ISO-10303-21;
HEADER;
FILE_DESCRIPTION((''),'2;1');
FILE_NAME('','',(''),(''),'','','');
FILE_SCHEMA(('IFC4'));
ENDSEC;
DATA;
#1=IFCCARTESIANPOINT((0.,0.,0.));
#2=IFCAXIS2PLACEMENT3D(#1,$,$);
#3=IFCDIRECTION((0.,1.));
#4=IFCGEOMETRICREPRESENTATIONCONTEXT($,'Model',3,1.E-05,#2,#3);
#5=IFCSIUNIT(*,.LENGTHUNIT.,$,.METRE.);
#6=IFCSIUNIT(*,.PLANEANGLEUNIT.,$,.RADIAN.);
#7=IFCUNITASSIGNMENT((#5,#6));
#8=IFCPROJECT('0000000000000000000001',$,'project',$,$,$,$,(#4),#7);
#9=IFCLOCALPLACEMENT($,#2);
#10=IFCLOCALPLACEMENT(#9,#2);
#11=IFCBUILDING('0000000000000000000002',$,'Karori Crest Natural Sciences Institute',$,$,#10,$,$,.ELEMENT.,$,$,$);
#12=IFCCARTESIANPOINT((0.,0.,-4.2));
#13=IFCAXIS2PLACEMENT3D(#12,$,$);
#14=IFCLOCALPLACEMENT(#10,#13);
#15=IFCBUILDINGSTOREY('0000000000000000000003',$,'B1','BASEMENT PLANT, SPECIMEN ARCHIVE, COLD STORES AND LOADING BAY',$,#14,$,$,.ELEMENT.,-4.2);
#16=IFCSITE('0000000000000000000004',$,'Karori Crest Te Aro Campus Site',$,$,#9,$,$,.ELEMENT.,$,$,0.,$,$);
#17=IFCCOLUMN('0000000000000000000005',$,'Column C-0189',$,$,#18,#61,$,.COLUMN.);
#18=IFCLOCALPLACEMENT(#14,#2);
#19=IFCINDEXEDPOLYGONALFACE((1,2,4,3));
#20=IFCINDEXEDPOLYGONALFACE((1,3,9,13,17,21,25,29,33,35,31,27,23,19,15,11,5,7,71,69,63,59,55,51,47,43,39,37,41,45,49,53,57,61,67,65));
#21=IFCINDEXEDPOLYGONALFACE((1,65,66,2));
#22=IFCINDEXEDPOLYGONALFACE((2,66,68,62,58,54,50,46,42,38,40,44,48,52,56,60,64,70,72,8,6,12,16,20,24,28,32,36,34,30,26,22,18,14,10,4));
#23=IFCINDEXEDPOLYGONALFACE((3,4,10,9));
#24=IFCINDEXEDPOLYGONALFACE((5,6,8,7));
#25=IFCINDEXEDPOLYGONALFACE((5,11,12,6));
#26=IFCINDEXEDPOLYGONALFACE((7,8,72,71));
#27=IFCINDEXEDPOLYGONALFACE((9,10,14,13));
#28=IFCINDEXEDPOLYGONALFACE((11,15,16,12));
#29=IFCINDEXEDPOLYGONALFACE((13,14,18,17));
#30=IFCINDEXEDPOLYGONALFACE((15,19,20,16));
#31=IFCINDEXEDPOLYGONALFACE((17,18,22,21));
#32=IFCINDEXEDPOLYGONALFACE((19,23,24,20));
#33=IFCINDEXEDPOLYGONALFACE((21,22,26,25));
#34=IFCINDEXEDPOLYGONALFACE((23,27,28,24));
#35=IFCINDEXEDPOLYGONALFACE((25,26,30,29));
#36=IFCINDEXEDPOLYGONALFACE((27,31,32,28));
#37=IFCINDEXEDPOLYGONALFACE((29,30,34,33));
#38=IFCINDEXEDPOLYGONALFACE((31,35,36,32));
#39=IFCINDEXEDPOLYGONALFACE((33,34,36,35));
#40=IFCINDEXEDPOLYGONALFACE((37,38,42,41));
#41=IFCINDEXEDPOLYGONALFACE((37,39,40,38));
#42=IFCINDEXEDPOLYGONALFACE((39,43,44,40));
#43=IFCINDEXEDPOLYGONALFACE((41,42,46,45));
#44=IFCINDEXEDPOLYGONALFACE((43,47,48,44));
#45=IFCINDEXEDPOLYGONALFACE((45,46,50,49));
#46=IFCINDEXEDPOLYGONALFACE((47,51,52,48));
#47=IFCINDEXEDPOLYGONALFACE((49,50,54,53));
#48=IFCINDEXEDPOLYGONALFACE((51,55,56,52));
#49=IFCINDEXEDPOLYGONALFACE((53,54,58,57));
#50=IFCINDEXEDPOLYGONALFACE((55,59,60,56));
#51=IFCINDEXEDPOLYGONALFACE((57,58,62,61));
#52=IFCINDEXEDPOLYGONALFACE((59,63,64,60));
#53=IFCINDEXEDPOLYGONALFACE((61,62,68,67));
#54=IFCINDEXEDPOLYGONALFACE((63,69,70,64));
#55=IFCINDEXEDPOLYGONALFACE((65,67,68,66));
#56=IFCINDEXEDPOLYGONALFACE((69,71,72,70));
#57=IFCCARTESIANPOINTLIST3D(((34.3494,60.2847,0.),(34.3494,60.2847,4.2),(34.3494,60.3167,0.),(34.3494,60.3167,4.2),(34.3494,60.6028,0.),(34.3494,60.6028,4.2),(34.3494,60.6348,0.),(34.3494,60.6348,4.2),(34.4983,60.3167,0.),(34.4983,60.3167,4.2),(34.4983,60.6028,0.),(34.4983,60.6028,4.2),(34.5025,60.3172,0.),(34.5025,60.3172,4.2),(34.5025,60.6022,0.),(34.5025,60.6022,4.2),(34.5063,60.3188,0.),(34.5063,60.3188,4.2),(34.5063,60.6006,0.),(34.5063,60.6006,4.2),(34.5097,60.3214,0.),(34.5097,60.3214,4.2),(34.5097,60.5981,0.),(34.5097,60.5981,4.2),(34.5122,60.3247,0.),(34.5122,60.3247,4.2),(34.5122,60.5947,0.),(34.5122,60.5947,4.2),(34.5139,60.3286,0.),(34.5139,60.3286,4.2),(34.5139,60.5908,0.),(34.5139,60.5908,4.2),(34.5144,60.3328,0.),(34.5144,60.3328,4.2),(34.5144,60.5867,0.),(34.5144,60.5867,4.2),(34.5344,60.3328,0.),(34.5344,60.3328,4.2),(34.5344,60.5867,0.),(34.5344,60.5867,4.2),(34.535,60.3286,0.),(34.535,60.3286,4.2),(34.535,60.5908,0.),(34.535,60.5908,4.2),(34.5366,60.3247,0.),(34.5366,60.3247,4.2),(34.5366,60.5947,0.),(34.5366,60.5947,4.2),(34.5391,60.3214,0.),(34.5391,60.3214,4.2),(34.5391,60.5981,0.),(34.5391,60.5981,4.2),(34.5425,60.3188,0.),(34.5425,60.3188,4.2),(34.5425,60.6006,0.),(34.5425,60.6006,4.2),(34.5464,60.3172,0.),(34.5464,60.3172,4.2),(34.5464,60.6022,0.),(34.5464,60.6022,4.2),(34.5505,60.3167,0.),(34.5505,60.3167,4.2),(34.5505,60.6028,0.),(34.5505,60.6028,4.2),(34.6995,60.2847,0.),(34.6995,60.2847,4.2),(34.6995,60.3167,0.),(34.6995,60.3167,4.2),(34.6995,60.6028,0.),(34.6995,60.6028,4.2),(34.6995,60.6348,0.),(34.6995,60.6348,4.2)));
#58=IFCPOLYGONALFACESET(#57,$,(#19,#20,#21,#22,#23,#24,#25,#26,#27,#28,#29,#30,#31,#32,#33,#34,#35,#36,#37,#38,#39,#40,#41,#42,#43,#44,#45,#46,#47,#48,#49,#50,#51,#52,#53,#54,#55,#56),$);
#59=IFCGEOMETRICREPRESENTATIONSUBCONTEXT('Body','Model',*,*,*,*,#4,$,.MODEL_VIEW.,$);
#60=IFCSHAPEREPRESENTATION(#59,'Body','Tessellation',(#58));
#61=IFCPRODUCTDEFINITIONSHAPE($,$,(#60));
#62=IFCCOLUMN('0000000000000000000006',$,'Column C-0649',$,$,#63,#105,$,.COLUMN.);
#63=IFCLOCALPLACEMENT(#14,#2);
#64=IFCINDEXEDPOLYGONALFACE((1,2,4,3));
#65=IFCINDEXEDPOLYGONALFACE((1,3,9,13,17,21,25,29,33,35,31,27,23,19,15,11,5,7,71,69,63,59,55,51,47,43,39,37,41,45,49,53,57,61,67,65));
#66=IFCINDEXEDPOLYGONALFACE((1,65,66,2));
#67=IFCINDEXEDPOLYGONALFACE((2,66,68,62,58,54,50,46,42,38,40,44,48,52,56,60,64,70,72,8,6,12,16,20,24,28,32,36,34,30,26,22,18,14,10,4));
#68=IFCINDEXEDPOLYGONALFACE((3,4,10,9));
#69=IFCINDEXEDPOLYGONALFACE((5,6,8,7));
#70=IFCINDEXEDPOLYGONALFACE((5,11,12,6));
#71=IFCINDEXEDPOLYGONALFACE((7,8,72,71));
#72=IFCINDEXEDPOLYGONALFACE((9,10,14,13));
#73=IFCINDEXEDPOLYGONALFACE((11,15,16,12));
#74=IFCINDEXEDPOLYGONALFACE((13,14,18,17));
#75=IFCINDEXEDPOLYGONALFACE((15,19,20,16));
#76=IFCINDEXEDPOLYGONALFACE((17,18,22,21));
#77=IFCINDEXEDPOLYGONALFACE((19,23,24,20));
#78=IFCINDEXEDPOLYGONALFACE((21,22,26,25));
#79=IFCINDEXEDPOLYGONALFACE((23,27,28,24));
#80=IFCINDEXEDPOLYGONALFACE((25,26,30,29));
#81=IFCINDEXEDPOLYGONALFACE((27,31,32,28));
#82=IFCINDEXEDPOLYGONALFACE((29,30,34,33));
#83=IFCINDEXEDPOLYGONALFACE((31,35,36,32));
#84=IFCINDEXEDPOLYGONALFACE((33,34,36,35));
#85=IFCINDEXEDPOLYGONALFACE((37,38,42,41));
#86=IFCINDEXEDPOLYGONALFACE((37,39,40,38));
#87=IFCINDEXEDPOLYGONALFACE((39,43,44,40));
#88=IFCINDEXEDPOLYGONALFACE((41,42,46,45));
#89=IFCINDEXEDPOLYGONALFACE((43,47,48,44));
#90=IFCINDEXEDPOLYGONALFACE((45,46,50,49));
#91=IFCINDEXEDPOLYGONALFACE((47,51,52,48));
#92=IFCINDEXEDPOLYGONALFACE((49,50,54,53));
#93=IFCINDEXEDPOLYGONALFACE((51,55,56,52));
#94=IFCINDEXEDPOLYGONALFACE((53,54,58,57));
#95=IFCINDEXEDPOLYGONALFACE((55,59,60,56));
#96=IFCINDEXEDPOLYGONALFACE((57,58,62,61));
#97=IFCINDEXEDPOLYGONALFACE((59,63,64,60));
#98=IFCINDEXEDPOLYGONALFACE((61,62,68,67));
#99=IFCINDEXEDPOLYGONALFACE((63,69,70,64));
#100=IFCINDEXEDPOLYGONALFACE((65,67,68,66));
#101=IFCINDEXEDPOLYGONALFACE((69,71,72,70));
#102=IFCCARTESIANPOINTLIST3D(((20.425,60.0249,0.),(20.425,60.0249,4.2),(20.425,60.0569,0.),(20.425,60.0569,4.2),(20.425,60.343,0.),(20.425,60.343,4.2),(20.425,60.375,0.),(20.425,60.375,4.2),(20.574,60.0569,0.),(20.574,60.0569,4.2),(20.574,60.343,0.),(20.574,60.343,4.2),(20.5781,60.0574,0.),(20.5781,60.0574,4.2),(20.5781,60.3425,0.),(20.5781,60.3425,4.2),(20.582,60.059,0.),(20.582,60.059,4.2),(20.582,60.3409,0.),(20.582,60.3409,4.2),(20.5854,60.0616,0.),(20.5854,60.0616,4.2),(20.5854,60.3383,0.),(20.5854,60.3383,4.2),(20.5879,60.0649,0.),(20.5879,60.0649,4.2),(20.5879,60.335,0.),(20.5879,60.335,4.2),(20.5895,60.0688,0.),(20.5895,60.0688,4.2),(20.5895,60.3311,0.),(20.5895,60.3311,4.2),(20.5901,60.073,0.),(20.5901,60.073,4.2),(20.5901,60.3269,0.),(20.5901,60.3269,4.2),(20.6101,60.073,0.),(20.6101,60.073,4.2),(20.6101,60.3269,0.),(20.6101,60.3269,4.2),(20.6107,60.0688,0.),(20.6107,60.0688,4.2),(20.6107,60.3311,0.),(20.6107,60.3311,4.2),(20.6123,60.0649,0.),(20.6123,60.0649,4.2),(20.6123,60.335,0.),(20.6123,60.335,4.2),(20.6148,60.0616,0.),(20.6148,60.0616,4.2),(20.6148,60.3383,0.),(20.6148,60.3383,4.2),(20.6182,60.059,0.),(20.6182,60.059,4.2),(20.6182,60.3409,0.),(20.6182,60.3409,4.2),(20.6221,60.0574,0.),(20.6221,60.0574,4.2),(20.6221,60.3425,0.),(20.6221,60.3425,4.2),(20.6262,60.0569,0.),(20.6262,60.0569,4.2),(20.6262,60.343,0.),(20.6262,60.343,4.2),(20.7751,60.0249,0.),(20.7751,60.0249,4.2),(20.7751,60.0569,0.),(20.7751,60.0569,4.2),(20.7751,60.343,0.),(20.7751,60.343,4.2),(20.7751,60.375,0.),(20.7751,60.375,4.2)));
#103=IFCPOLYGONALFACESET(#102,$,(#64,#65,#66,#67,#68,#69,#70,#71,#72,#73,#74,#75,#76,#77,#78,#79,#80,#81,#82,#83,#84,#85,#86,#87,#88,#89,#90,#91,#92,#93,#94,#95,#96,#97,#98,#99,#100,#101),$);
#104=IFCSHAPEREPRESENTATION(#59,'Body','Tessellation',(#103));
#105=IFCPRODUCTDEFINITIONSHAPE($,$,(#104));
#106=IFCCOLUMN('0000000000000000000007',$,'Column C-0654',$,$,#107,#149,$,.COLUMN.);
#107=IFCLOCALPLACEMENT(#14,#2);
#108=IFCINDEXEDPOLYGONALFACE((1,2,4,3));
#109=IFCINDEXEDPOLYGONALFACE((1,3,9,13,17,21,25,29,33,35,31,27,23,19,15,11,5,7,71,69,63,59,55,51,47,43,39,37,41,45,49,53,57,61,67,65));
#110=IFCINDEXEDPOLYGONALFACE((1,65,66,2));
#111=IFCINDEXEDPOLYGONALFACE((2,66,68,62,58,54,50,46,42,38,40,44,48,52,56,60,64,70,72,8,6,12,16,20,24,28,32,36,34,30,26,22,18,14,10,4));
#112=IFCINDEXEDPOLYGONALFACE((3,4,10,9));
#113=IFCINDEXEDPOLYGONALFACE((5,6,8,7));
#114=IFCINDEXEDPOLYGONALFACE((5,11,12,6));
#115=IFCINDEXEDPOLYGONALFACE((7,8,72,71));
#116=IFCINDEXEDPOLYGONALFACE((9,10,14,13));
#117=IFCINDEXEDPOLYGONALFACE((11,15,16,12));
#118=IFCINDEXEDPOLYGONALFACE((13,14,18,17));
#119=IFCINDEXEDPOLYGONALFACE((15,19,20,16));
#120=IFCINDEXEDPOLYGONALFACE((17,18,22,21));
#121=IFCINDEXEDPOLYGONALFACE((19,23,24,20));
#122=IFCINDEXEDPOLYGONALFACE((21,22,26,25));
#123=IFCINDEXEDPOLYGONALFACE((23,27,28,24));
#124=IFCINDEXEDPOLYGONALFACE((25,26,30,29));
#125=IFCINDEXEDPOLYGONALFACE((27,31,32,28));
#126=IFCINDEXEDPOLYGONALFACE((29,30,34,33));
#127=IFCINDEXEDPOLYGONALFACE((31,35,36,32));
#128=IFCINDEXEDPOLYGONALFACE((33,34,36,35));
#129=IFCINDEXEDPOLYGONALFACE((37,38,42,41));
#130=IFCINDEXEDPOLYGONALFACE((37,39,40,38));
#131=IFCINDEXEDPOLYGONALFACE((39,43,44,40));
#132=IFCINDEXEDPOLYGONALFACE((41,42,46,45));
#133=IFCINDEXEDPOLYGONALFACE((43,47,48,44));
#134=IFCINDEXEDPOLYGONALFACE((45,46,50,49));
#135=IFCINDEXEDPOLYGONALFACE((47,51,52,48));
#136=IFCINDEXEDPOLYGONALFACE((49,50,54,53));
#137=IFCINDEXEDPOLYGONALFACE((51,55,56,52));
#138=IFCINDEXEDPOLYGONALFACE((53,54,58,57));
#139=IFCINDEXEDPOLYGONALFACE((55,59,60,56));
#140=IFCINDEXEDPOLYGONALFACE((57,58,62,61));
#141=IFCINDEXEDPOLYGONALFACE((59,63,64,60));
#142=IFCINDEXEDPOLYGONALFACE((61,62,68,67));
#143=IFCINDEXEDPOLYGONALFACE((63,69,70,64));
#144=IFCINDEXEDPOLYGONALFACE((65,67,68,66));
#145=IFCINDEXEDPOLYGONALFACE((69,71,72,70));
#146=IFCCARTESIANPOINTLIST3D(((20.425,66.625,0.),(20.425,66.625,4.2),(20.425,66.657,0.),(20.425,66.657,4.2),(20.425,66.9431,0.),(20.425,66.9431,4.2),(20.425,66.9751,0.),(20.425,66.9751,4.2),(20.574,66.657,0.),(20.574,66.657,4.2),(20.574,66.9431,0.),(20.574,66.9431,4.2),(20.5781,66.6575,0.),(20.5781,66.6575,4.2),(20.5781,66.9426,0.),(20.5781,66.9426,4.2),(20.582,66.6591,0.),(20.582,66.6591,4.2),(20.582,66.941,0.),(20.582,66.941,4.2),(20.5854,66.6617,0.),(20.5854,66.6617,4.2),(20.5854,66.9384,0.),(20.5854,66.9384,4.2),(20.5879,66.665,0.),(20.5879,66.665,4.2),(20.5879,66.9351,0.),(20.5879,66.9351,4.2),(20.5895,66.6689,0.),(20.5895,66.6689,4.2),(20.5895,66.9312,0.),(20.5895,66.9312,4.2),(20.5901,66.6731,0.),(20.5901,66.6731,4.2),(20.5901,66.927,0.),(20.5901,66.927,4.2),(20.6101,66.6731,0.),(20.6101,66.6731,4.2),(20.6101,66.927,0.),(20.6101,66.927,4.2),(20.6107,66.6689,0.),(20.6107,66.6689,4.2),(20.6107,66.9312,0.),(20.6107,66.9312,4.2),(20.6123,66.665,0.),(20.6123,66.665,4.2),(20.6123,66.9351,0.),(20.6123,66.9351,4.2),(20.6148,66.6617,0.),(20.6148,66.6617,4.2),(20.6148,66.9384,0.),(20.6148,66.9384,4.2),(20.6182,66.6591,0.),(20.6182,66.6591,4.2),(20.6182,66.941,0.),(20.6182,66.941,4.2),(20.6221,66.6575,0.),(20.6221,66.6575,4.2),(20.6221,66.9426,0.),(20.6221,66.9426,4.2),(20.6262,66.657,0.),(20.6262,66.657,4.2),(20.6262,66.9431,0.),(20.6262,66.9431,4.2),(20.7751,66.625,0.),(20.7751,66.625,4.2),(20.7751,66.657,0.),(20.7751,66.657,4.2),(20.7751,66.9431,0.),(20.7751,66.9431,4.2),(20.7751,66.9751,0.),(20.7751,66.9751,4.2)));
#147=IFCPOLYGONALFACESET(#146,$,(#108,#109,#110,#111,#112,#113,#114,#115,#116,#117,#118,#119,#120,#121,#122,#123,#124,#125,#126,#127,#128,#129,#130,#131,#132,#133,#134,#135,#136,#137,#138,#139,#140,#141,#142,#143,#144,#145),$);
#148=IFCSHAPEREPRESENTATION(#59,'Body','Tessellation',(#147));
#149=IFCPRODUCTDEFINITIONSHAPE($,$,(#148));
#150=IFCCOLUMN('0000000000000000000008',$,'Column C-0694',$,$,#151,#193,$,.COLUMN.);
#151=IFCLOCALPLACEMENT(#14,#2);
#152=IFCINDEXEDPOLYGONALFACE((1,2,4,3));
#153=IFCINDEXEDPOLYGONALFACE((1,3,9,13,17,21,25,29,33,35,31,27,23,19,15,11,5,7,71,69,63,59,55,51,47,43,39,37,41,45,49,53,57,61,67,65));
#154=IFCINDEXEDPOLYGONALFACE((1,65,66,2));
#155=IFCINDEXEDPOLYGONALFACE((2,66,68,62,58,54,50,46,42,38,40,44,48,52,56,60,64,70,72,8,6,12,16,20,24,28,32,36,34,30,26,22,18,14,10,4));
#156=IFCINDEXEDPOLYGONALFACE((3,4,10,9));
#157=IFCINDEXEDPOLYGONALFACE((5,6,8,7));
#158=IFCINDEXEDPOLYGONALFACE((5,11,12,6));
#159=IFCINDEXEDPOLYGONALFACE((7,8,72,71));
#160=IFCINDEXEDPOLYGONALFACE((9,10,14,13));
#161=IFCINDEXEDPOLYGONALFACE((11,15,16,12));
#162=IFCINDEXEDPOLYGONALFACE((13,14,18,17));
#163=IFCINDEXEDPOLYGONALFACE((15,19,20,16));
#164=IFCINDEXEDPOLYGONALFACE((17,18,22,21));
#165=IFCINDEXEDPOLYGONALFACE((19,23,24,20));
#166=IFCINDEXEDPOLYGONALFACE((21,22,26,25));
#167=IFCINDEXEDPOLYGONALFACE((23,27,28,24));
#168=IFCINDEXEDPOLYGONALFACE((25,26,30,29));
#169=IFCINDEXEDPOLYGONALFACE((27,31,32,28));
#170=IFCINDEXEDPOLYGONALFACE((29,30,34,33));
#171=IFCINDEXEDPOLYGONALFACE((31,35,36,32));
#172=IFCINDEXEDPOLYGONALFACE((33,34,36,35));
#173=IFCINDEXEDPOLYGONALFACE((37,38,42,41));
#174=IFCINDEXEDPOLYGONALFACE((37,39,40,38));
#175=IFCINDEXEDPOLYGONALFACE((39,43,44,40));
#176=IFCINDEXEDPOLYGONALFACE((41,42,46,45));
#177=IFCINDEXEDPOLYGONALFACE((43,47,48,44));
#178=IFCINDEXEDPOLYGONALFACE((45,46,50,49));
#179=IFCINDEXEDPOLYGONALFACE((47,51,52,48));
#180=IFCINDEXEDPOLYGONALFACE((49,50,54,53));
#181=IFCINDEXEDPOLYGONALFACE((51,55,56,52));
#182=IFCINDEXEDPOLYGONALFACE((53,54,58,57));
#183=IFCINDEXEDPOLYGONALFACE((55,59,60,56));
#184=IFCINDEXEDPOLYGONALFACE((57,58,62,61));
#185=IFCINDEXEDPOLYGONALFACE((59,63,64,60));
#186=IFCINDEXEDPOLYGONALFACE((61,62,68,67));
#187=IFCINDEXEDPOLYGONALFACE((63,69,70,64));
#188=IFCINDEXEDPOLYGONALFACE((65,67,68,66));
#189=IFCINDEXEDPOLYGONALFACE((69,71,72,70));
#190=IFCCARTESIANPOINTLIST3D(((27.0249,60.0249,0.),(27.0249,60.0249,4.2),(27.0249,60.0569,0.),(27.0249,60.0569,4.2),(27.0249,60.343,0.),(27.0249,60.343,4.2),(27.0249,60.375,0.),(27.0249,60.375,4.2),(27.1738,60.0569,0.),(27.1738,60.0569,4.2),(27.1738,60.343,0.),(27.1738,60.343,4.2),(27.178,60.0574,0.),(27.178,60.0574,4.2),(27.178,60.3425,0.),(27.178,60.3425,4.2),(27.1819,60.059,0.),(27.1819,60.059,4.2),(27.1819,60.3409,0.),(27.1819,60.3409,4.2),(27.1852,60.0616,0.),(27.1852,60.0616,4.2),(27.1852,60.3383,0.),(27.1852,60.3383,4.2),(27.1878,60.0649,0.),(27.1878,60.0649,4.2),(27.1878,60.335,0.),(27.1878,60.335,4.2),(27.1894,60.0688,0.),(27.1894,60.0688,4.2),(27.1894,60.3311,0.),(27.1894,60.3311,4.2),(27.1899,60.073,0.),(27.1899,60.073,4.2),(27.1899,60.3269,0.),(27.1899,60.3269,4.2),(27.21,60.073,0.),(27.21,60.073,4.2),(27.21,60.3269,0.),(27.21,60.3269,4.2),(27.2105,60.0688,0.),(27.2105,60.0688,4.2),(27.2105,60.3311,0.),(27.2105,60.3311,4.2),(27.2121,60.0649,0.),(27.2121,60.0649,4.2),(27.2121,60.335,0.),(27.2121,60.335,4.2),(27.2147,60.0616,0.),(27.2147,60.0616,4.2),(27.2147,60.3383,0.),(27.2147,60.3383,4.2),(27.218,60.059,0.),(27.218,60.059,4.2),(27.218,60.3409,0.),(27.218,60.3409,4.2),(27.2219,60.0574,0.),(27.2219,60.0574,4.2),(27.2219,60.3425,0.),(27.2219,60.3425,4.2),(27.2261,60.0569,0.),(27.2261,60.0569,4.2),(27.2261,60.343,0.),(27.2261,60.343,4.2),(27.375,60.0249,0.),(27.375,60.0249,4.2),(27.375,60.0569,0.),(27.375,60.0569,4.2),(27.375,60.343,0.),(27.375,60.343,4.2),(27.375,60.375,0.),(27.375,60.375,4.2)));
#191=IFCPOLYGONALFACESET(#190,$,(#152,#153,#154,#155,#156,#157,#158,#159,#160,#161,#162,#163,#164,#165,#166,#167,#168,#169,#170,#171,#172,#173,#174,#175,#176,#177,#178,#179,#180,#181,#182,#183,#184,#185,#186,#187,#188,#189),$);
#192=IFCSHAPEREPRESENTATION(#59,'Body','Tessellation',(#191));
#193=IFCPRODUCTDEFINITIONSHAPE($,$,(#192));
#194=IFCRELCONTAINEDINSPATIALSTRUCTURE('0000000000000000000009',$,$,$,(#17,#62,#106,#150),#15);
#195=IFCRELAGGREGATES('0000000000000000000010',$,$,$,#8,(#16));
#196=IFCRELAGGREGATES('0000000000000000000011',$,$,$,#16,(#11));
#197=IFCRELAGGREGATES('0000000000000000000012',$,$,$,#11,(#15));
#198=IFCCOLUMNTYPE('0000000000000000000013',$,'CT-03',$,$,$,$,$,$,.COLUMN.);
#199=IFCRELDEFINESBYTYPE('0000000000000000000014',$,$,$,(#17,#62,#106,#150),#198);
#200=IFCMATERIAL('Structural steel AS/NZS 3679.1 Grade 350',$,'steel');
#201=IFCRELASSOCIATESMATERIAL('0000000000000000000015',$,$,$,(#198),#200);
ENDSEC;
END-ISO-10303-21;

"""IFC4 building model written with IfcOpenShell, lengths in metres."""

from ifc_helpers import new_model, si_unit, direction, frame, origin, origin_2d, place, context, subcontext, project, spatial, i_section, extrude, material, material_profile, profile_set, type_object, element, save


model = new_model("IFC4")

# Units and contexts
model_context = context("Model", 3, precision=1e-05, world=origin(), true_north=direction((0.0, 1.0)))
body_context = subcontext(model_context, "Body", "Model", "MODEL_VIEW")
ifc_project = project(units=[si_unit("LENGTHUNIT", "METRE"), si_unit("PLANEANGLEUNIT", "RADIAN")], contexts=[model_context])

# Site, building, storey
site_placement = place(None, origin())
site = spatial("IfcSite", under=ifc_project, at=site_placement, Name="Karori Crest Te Aro Campus Site", CompositionType="ELEMENT", RefElevation=0.0)
building_placement = place(site_placement, origin())
building = spatial("IfcBuilding", under=site, at=building_placement, Name="Karori Crest Natural Sciences Institute", CompositionType="ELEMENT")
storey_placement = place(building_placement, frame((0.0, 0.0, -4.2)))
storey = spatial("IfcBuildingStorey", under=building, at=storey_placement, Name="B1", Description="BASEMENT PLANT, SPECIMEN ARCHIVE, COLD STORES AND LOADING BAY", CompositionType="ELEMENT", Elevation=-4.2)

# Columns
ifc_material_1 = material(Name="Structural steel AS/NZS 3679.1 Grade 350", Category="steel")
ifc_material_profile_1 = material_profile(ifc_material_1, i_section(OverallWidth=0.3501, OverallDepth=0.3501, WebThickness=0.02, FlangeThickness=0.032, FilletRadius=0.0161, at=origin_2d()), Name="350WC280")
ifc_profile_set_1 = profile_set([ifc_material_profile_1], Name="Structural steel AS/NZS 3679.1 Grade 350")
column_type = type_object("IfcColumnType", Name="CT-03", PredefinedType="COLUMN", material=ifc_profile_set_1)
for number, where, z_axis, x_axis, name in (
    (1, (34.5244, 60.4597, 0.0), (0.0, 0.0, 1.0), (1.0, 0.0, 0.0), "Column C-0189"),
    (2, (20.6001, 60.2, 0.0), (0.0, 0.0, 1.0), (1.0, 0.0, 0.0), "Column C-0649"),
    (3, (20.6001, 66.8, 0.0), (0.0, 0.0, 1.0), (1.0, 0.0, 0.0), "Column C-0654"),
    (4, (27.2, 60.2, 0.0), (0.0, 0.0, 1.0), (1.0, 0.0, 0.0), "Column C-0694"),
):
    element("IfcColumn", number, at=place(storey_placement, frame(where, z_axis=z_axis, x_axis=x_axis)), inside=storey, type_object=column_type, Name=name, PredefinedType="COLUMN", context=body_context, shape_type="SweptSolid", body=[
        extrude(i_section(OverallWidth=0.3501, OverallDepth=0.3501, WebThickness=0.02, FlangeThickness=0.032, FilletRadius=0.0161, at=origin_2d()), origin(), (0.0, 0.0, 1.0), 4.2),
    ])

save(model, "model.ifc")
